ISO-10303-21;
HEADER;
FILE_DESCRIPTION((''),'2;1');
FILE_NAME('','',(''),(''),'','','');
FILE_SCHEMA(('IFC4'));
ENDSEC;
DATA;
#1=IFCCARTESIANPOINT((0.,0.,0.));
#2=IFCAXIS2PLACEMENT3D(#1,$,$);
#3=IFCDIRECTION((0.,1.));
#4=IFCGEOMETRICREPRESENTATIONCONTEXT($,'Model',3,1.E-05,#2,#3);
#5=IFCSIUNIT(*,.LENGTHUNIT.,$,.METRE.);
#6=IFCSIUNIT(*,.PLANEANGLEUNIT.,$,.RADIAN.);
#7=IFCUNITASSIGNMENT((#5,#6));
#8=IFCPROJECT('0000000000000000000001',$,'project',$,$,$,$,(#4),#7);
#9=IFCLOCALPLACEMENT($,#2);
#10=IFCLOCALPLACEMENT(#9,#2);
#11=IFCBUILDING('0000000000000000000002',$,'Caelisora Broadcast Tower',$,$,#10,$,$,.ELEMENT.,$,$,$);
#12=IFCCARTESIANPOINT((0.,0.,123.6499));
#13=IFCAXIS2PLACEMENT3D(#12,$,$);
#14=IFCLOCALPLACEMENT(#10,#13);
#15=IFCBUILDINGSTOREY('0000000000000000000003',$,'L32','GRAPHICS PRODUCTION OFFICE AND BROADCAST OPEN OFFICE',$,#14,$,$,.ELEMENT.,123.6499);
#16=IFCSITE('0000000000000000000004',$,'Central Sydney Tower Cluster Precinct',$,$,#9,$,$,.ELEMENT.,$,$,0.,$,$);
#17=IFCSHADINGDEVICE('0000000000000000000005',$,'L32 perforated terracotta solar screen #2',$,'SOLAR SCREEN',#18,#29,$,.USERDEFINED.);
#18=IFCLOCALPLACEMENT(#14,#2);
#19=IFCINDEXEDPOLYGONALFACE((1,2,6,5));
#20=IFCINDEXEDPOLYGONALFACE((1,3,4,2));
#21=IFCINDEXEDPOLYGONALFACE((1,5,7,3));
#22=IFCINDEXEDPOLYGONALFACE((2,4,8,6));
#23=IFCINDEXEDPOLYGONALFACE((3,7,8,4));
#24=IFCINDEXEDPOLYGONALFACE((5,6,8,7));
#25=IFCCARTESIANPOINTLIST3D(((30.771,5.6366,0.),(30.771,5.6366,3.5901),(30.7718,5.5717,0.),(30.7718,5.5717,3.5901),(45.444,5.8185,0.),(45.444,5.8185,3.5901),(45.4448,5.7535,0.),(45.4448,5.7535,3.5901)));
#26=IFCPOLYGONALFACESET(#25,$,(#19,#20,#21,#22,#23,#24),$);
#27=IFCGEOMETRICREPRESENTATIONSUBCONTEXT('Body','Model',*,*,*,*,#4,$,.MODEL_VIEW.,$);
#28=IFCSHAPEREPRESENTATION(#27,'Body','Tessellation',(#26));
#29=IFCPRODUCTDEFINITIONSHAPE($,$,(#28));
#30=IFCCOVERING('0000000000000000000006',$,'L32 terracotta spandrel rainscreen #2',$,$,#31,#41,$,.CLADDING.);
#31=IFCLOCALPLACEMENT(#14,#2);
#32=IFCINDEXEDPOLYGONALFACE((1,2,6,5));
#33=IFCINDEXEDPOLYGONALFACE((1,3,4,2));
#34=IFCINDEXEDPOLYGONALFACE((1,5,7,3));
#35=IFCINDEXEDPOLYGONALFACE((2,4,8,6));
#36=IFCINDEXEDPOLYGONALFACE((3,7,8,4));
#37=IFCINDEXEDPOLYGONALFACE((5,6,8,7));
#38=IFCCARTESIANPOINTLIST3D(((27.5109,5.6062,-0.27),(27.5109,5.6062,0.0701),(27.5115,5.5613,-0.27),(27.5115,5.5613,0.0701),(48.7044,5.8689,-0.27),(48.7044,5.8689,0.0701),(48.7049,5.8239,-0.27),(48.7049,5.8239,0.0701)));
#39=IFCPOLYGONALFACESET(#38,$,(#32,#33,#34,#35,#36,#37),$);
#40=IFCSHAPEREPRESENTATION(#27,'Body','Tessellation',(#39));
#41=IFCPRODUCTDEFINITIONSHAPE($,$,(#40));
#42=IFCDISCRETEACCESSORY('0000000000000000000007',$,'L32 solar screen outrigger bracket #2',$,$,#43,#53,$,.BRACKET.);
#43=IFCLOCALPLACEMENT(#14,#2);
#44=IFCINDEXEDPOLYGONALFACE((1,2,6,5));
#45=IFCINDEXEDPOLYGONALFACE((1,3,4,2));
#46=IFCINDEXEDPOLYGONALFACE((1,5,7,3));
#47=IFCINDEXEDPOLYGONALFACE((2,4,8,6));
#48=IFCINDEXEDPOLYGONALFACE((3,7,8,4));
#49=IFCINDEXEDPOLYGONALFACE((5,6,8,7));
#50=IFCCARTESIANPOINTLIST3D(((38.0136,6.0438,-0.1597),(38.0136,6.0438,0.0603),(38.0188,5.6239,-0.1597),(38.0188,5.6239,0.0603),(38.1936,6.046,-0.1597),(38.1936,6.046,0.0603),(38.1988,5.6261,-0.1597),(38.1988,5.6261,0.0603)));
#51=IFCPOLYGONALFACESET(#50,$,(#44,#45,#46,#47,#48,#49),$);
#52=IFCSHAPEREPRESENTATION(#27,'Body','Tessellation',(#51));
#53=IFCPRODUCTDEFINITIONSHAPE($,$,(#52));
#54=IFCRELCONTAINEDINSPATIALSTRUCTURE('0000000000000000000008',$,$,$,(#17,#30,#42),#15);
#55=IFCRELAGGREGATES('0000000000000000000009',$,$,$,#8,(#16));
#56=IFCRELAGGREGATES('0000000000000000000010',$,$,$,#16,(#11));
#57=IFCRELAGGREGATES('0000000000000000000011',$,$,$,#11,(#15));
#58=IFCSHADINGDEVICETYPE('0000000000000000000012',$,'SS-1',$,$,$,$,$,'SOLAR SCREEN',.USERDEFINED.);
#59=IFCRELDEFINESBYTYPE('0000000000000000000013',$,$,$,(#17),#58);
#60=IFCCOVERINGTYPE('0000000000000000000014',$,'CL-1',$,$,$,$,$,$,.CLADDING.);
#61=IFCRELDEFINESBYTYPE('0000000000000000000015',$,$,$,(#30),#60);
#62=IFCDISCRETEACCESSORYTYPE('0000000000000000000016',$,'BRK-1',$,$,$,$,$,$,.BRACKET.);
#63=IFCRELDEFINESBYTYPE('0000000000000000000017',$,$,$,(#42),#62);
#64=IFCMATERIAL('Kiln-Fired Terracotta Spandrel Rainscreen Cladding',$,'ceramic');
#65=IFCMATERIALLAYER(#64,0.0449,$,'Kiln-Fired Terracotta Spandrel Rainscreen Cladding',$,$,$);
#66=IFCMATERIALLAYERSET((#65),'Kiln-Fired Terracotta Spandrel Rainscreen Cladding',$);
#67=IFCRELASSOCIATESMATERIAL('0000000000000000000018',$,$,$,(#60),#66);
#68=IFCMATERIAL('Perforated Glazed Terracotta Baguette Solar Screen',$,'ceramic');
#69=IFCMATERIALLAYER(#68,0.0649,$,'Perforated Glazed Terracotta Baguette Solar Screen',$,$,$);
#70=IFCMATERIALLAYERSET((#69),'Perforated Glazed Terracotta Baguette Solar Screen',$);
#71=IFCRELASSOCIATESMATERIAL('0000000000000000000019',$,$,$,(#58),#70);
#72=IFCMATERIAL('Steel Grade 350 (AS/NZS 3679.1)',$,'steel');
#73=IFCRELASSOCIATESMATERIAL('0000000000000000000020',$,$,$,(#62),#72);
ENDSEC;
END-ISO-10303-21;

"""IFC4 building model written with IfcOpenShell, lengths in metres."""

from ifc_helpers import new_model, si_unit, direction, frame, origin, origin_2d, place, context, subcontext, project, spatial, rectangle, extrude, source, transform, mapped, material, layer, layer_set, type_object, type_shapes, element, save


model = new_model("IFC4")

# Units and contexts
model_context = context("Model", 3, precision=1e-05, world=origin(), true_north=direction((0.0, 1.0)))
body_context = subcontext(model_context, "Body", "Model", "MODEL_VIEW")
ifc_project = project(units=[si_unit("LENGTHUNIT", "METRE"), si_unit("PLANEANGLEUNIT", "RADIAN")], contexts=[model_context])

# Site, building, storey
site_placement = place(None, origin())
site = spatial("IfcSite", under=ifc_project, at=site_placement, Name="Central Sydney Tower Cluster Precinct", CompositionType="ELEMENT", RefElevation=0.0)
building_placement = place(site_placement, origin())
building = spatial("IfcBuilding", under=site, at=building_placement, Name="Caelisora Broadcast Tower", CompositionType="ELEMENT")
storey_placement = place(building_placement, frame((0.0, 0.0, 123.6499)))
storey = spatial("IfcBuildingStorey", under=building, at=storey_placement, Name="L32", Description="GRAPHICS PRODUCTION OFFICE AND BROADCAST OPEN OFFICE", CompositionType="ELEMENT", Elevation=123.6499)

# Shared definitions
ifc_material_1 = material(Name="Steel Grade 350 (AS/NZS 3679.1)", Category="steel")

# Shared definitions
ifc_material_2 = material(Name="Kiln-Fired Terracotta Spandrel Rainscreen Cladding", Category="ceramic")
ifc_layer_1 = layer(ifc_material_2, 0.0449, Name="Kiln-Fired Terracotta Spandrel Rainscreen Cladding")
ifc_layer_set_1 = layer_set([ifc_layer_1], Name="Kiln-Fired Terracotta Spandrel Rainscreen Cladding")
covering_type = type_object("IfcCoveringType", Name="CL-1", PredefinedType="CLADDING", material=ifc_layer_set_1)

# Shading device
ifc_material_3 = material(Name="Perforated Glazed Terracotta Baguette Solar Screen", Category="ceramic")
ifc_layer_2 = layer(ifc_material_3, 0.0649, Name="Perforated Glazed Terracotta Baguette Solar Screen")
ifc_layer_set_2 = layer_set([ifc_layer_2], Name="Perforated Glazed Terracotta Baguette Solar Screen")
shading_device_type = type_object("IfcShadingDeviceType", Name="SS-1", ElementType="SOLAR SCREEN", PredefinedType="USERDEFINED", material=ifc_layer_set_2)
shared_shape_1 = source(origin(), body_context, "Body", "SweptSolid", [
    extrude(rectangle(XDim=14.6741, YDim=0.0649, at=origin_2d()), origin(), (0.0, 0.0, 1.0), 3.5901),
])
type_shapes(shading_device_type, [shared_shape_1])
shading_device_placement = place(storey_placement, frame((38.1079, 5.6951, 0.0), z_axis=(0.0, 0.0, 1.0), x_axis=(0.999923, 0.012392, 0.0)))
element("IfcShadingDevice", 1, at=shading_device_placement, inside=storey, type_object=shading_device_type, Name="L32 perforated terracotta solar screen #2", ObjectType="SOLAR SCREEN", PredefinedType="USERDEFINED", context=body_context, shape_type="MappedRepresentation", body=[
    mapped(shared_shape_1, transform((0.0, 0.0, 0.0), scale=1.0)),
])

# Covering
shared_shape_2 = source(origin(), body_context, "Body", "SweptSolid", [
    extrude(rectangle(XDim=21.1951, YDim=0.0449, at=origin_2d()), origin(), (0.0, 0.0, 1.0), 0.3401),
])
covering_1_placement = place(storey_placement, frame((38.1079, 5.7151, -0.27), z_axis=(0.0, 0.0, 1.0), x_axis=(0.999923, 0.012392, 0.0)))
element("IfcCovering", 2, at=covering_1_placement, inside=storey, type_object=covering_type, Name="L32 terracotta spandrel rainscreen #2", PredefinedType="CLADDING", context=body_context, shape_type="MappedRepresentation", body=[
    mapped(shared_shape_2, transform((0.0, 0.0, 0.0), scale=1.0)),
])

# Discrete accessory
discrete_accessory_type = type_object("IfcDiscreteAccessoryType", Name="BRK-1", PredefinedType="BRACKET", material=ifc_material_1)
shared_shape_3 = source(origin(), body_context, "Body", "SweptSolid", [
    extrude(rectangle(XDim=0.1799, YDim=0.4199, at=origin_2d()), origin(), (0.0, 0.0, 1.0), 0.22),
])
type_shapes(discrete_accessory_type, [shared_shape_3])
discrete_accessory_placement = place(storey_placement, frame((38.1062, 5.835, -0.1597), z_axis=(0.0, 0.0, 1.0), x_axis=(0.999923, 0.012392, 0.0)))
element("IfcDiscreteAccessory", 3, at=discrete_accessory_placement, inside=storey, type_object=discrete_accessory_type, Name="L32 solar screen outrigger bracket #2", PredefinedType="BRACKET", context=body_context, shape_type="MappedRepresentation", body=[
    mapped(shared_shape_3, transform((0.0, 0.0, 0.0), scale=1.0)),
])

save(model, "model.ifc")
